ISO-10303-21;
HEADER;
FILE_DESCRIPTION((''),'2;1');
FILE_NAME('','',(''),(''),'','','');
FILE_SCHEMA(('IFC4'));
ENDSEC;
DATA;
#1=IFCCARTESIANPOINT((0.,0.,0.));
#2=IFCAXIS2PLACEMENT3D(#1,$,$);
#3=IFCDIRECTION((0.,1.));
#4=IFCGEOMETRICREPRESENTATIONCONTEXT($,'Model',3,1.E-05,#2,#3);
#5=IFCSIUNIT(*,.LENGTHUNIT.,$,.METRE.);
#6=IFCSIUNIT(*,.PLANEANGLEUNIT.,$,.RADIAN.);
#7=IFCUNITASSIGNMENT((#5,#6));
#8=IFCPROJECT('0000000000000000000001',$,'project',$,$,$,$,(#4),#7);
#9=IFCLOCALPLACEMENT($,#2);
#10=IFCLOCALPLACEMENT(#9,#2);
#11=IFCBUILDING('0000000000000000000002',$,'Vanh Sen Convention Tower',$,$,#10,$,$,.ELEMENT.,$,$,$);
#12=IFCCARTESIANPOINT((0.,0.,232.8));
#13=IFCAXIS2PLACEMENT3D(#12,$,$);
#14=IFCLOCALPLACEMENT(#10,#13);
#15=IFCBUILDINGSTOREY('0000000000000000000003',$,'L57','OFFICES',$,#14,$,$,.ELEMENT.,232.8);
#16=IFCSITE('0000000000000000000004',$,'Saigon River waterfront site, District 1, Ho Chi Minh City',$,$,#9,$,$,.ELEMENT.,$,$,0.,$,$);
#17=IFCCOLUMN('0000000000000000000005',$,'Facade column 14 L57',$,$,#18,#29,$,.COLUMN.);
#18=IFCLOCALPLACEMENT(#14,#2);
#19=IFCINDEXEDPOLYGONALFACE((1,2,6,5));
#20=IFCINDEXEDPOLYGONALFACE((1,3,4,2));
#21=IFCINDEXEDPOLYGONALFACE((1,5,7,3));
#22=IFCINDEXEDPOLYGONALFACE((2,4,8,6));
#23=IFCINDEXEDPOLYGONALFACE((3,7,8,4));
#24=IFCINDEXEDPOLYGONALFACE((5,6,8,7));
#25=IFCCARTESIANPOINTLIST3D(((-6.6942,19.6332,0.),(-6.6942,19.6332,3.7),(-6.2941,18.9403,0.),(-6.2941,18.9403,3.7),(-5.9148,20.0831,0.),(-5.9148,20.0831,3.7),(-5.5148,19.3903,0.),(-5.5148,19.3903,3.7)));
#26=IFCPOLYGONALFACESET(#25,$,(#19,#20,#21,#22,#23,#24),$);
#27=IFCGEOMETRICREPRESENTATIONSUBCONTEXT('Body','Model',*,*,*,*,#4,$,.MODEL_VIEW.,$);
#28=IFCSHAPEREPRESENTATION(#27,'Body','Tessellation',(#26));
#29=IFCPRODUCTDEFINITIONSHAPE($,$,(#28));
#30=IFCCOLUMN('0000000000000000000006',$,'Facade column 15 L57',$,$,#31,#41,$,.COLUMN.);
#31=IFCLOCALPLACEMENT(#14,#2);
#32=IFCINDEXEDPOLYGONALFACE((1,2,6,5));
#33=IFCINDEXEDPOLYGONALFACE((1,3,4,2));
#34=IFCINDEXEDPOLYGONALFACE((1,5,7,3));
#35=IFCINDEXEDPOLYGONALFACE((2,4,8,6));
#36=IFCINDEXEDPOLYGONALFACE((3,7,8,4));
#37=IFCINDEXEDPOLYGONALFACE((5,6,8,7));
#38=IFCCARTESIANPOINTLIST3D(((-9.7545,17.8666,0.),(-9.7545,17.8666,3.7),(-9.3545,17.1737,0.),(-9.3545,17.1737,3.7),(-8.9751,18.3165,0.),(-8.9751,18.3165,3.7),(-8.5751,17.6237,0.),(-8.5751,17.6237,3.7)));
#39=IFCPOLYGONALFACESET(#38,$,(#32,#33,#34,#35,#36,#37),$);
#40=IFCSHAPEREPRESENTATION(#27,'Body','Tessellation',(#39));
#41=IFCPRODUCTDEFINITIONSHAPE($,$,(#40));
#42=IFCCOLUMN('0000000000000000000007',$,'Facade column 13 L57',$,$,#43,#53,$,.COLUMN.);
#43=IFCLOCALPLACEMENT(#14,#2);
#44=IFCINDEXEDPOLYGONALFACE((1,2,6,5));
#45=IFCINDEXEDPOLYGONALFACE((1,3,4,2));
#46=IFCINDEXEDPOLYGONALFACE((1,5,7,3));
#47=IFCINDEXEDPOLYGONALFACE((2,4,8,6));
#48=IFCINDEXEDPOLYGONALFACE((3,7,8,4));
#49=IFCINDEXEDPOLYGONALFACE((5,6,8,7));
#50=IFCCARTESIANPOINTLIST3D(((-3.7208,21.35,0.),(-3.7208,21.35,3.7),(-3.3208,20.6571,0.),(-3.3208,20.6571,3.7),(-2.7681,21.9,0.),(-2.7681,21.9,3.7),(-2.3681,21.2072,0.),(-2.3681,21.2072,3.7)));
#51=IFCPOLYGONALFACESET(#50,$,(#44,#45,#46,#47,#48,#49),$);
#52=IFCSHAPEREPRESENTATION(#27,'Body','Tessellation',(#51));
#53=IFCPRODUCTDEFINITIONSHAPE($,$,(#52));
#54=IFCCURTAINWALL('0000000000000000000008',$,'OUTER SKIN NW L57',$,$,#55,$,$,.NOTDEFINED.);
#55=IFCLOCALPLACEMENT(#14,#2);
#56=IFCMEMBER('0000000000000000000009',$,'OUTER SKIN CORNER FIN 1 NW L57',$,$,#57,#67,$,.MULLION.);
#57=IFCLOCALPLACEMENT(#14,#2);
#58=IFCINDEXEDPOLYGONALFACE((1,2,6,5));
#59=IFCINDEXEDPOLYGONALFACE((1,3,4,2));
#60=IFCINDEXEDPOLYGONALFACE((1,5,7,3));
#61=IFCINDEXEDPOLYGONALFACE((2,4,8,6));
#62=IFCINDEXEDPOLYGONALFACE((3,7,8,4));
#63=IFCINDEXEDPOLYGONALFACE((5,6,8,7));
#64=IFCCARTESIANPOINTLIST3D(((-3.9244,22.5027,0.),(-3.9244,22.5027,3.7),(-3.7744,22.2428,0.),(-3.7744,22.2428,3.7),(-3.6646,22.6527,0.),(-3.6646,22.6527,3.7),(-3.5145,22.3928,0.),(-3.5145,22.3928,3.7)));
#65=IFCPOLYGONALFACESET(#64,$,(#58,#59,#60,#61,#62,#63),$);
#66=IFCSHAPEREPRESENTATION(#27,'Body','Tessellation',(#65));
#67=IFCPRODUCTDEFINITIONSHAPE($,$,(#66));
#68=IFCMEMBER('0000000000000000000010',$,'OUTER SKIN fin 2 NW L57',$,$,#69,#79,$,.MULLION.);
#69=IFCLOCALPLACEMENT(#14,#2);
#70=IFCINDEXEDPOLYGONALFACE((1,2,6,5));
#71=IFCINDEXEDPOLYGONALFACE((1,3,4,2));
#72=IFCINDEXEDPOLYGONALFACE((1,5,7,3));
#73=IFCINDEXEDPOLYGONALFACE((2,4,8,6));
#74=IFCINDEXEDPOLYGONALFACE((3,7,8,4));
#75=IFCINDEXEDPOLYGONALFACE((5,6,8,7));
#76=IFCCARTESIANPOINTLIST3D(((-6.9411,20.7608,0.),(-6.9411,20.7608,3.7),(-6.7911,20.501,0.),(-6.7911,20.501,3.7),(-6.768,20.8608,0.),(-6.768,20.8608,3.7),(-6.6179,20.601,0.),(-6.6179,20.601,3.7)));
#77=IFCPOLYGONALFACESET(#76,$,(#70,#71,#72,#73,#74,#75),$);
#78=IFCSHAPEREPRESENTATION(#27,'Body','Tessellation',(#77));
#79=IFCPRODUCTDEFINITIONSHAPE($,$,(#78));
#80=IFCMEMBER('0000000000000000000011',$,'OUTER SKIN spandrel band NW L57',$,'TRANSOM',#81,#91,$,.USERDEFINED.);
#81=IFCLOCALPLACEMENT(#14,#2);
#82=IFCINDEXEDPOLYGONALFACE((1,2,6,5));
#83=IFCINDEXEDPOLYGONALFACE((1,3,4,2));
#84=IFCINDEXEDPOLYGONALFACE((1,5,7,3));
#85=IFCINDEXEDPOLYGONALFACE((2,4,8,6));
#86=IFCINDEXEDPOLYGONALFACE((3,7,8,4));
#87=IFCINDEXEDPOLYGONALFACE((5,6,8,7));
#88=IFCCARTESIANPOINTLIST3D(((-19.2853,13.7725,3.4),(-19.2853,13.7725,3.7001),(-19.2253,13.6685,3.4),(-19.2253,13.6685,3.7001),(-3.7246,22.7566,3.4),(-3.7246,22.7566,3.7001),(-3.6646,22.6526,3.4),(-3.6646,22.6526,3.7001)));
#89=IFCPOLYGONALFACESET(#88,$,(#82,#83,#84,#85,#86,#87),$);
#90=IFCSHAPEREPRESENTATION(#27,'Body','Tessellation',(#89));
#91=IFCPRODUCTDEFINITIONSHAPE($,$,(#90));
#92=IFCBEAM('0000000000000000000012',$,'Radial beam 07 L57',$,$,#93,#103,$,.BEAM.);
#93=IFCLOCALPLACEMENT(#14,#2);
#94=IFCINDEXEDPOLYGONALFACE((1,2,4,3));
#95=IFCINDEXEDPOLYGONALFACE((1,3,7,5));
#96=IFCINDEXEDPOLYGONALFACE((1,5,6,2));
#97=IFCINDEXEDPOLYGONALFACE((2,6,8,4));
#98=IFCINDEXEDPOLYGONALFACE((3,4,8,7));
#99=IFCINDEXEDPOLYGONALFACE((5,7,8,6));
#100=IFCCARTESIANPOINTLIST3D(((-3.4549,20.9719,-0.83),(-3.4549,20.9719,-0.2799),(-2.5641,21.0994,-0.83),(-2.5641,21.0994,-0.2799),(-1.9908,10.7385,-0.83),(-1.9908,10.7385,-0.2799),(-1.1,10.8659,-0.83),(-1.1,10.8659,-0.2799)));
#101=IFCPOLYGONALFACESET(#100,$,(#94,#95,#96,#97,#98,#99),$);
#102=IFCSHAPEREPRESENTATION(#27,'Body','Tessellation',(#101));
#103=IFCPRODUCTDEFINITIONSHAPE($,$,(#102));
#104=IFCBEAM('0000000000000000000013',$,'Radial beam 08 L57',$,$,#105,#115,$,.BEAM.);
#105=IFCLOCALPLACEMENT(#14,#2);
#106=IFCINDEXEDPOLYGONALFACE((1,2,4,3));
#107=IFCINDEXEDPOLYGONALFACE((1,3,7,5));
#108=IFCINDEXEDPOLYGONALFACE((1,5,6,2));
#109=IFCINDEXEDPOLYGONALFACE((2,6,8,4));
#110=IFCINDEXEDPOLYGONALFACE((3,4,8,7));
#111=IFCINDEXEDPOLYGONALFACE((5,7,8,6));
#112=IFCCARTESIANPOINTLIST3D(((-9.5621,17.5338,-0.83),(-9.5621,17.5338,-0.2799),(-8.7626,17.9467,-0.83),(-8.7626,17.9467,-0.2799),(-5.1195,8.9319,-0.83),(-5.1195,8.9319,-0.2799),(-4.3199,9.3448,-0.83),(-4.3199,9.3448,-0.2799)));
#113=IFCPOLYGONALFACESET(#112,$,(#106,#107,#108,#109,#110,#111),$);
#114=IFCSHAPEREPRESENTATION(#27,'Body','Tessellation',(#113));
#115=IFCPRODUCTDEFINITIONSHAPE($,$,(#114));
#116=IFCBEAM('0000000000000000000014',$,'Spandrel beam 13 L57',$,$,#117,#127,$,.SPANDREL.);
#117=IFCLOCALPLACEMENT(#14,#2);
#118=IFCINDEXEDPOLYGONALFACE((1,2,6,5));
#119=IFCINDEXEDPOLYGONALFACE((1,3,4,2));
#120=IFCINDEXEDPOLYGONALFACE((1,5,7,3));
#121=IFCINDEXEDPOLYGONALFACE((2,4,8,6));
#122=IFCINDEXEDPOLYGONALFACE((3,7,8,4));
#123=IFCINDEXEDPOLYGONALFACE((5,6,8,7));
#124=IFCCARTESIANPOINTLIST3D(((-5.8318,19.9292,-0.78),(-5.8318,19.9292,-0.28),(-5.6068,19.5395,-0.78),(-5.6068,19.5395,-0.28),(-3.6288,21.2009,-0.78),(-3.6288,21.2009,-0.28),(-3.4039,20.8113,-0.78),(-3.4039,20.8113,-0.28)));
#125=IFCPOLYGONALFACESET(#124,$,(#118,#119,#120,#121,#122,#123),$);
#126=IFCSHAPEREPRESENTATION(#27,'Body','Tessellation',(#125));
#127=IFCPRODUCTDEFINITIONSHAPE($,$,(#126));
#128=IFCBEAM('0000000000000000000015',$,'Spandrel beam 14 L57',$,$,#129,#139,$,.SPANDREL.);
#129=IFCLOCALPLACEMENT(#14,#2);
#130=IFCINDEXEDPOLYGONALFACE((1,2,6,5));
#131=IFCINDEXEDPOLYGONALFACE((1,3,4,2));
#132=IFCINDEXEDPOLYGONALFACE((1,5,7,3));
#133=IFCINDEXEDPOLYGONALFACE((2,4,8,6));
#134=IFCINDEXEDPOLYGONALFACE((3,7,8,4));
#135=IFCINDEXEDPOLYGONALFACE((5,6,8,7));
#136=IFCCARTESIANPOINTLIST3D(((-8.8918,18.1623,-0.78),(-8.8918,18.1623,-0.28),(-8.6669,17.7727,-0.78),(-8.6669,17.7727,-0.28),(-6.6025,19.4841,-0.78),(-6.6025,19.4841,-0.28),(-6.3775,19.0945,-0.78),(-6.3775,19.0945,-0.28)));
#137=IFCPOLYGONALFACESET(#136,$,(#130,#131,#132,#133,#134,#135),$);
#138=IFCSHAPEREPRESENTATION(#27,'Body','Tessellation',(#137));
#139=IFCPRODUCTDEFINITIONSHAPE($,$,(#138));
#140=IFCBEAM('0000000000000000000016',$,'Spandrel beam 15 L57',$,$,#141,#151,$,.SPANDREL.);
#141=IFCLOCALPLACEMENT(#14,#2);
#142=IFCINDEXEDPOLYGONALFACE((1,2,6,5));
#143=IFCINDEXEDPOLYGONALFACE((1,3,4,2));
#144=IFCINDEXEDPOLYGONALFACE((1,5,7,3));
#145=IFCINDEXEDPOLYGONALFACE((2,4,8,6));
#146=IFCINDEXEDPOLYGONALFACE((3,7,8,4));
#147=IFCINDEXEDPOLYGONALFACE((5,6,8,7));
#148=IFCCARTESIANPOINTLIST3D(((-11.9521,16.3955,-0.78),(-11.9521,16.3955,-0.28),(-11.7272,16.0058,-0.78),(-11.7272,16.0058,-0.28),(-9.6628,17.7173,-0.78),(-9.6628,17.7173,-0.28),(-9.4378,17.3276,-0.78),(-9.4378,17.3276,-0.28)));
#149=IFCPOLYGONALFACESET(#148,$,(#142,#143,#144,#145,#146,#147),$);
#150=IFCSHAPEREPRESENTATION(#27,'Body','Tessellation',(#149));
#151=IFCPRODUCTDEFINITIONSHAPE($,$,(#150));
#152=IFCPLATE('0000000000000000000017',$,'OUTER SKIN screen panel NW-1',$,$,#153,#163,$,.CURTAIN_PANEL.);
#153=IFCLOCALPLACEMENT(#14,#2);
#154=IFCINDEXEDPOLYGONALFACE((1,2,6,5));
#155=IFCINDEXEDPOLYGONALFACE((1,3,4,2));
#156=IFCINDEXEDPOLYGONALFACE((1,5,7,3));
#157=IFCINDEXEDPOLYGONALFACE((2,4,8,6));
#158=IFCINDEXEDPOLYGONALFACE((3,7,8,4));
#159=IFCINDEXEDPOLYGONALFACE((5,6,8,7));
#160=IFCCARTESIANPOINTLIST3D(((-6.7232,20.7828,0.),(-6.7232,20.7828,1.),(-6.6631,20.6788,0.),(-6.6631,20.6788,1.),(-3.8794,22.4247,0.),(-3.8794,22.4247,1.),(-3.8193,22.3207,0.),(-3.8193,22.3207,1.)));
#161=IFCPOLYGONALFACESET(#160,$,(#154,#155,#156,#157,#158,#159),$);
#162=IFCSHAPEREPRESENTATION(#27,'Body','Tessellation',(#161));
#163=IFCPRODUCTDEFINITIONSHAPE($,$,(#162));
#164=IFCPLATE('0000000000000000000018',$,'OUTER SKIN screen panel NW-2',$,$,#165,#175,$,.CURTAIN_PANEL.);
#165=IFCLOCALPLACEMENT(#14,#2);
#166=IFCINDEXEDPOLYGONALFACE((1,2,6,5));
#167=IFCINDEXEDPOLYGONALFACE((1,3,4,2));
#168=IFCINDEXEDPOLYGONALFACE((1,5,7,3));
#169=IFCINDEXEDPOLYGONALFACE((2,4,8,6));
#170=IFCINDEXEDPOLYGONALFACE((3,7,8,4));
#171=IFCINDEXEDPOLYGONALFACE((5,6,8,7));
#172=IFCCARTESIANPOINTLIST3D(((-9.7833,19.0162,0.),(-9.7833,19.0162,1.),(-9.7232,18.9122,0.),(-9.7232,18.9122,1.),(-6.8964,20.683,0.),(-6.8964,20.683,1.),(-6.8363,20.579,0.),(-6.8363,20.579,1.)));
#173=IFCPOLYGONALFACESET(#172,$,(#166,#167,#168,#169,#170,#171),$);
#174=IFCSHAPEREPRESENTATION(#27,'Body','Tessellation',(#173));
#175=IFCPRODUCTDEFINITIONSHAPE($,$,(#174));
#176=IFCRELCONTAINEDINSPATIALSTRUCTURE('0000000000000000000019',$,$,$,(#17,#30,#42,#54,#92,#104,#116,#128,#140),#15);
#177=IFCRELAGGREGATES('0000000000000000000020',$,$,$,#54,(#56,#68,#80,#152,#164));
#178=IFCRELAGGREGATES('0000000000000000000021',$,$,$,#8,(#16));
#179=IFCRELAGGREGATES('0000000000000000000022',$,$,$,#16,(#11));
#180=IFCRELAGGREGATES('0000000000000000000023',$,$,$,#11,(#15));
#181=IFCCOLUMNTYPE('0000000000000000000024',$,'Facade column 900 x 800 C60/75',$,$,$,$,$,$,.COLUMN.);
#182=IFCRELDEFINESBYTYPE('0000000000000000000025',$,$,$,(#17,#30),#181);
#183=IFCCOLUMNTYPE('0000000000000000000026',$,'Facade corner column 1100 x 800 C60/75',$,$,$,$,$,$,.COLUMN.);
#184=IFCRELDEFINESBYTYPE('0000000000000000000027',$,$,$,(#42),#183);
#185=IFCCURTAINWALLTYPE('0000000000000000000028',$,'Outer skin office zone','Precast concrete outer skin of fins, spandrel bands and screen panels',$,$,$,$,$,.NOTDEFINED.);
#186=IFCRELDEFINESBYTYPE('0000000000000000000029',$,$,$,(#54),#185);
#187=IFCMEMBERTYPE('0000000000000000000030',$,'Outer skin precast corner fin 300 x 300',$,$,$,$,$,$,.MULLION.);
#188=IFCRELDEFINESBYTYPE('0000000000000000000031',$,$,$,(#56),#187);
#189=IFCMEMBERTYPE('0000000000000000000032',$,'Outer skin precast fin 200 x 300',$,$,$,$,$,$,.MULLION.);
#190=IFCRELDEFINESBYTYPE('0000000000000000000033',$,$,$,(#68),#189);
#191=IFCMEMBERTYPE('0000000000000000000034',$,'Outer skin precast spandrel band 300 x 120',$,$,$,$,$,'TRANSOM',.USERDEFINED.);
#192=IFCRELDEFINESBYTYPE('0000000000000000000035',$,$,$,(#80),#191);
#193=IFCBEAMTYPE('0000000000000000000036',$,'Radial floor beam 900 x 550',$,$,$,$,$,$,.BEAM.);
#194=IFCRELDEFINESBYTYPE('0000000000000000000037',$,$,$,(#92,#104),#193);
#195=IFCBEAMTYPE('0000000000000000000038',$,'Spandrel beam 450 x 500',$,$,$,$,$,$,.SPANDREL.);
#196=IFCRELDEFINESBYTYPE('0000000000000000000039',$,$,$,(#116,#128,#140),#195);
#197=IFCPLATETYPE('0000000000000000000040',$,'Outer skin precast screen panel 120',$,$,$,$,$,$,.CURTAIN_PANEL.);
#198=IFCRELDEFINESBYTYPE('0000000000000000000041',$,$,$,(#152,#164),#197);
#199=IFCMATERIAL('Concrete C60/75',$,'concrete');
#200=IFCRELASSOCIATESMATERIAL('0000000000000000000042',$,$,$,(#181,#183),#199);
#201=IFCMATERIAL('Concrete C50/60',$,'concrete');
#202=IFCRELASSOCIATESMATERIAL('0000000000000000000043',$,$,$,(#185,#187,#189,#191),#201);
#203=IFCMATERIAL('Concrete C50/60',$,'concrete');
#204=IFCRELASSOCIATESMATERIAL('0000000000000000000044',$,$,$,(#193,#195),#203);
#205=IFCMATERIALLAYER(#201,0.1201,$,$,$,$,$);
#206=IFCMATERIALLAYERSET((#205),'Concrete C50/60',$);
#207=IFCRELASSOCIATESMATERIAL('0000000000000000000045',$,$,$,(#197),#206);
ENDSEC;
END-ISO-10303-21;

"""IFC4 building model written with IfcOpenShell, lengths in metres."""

from ifc_helpers import new_model, si_unit, direction, frame, origin, origin_2d, place, context, subcontext, project, spatial, rectangle, extrude, material, layer, layer_set, material_profile, profile_set, type_object, element, aggregate, save


model = new_model("IFC4")

# Units and contexts
model_context = context("Model", 3, precision=1e-05, world=origin(), true_north=direction((0.0, 1.0)))
body_context = subcontext(model_context, "Body", "Model", "MODEL_VIEW")
ifc_project = project(units=[si_unit("LENGTHUNIT", "METRE"), si_unit("PLANEANGLEUNIT", "RADIAN")], contexts=[model_context])

# Site, building, storey
site_placement = place(None, origin())
site = spatial("IfcSite", under=ifc_project, at=site_placement, Name="Saigon River waterfront site, District 1, Ho Chi Minh City", CompositionType="ELEMENT", RefElevation=0.0)
building_placement = place(site_placement, origin())
building = spatial("IfcBuilding", under=site, at=building_placement, Name="Vanh Sen Convention Tower", CompositionType="ELEMENT")
storey_placement = place(building_placement, frame((0.0, 0.0, 232.8)))
storey = spatial("IfcBuildingStorey", under=building, at=storey_placement, Name="L57", Description="OFFICES", CompositionType="ELEMENT", Elevation=232.8)

# Columns
ifc_material_1 = material(Name="Concrete C60/75", Category="concrete")
ifc_material_profile_1 = material_profile(ifc_material_1, rectangle(XDim=0.8999, YDim=0.8, at=origin_2d()), Name="RC 900X800")
ifc_profile_set_1 = profile_set([ifc_material_profile_1], Name="Concrete C60/75")
column_type_1 = type_object("IfcColumnType", Name="Facade column 900 x 800 C60/75", PredefinedType="COLUMN", material=ifc_profile_set_1)
for number, where, z_axis, x_axis, name in (
    (1, (-6.1045, 19.5117, 0.0), (0.0, 0.0, 1.0), (-0.866025, -0.5, 0.0), "Facade column 14 L57"),
    (2, (-9.1648, 17.7451, 0.0), (0.0, 0.0, 1.0), (-0.866025, -0.5, 0.0), "Facade column 15 L57"),
):
    element("IfcColumn", number, at=place(storey_placement, frame(where, z_axis=z_axis, x_axis=x_axis)), inside=storey, type_object=column_type_1, Name=name, PredefinedType="COLUMN", context=body_context, shape_type="SweptSolid", body=[
        extrude(rectangle(XDim=0.8999, YDim=0.8, at=origin_2d()), origin(), (0.0, 0.0, 1.0), 3.7),
    ])
ifc_material_profile_2 = material_profile(ifc_material_1, rectangle(XDim=1.1001, YDim=0.8, at=origin_2d()), Name="RC 1100X800")
ifc_profile_set_2 = profile_set([ifc_material_profile_2], Name="Concrete C60/75")
column_type_2 = type_object("IfcColumnType", Name="Facade corner column 1100 x 800 C60/75", PredefinedType="COLUMN", material=ifc_profile_set_2)
column_placement = place(storey_placement, frame((-3.0444, 21.2786, 0.0), z_axis=(0.0, 0.0, 1.0), x_axis=(-0.866025, -0.5, 0.0)))
element("IfcColumn", 3, at=column_placement, inside=storey, type_object=column_type_2, Name="Facade column 13 L57", PredefinedType="COLUMN", context=body_context, shape_type="SweptSolid", body=[
    extrude(rectangle(XDim=1.1001, YDim=0.8, at=origin_2d()), origin(), (0.0, 0.0, 1.0), 3.7),
])

# Curtain wall, members
ifc_material_2 = material(Name="Concrete C50/60", Category="concrete")
curtain_wall_type = type_object("IfcCurtainWallType", Name="Outer skin office zone", Description="Precast concrete outer skin of fins, spandrel bands and screen panels", PredefinedType="NOTDEFINED", material=ifc_material_2)
curtain_wall_placement = place(storey_placement, origin())
curtain_wall = element("IfcCurtainWall", 4, at=curtain_wall_placement, inside=storey, type_object=curtain_wall_type, Name="OUTER SKIN NW L57", PredefinedType="NOTDEFINED")
ifc_material_profile_3 = material_profile(ifc_material_2, rectangle(XDim=0.3, YDim=0.3, at=origin_2d()), Name="Outer skin precast corner fin 300 x 300")
ifc_profile_set_3 = profile_set([ifc_material_profile_3], Name="Concrete C50/60")
member_type_1 = type_object("IfcMemberType", Name="Outer skin precast corner fin 300 x 300", PredefinedType="MULLION", material=ifc_profile_set_3)
member_1_placement = place(storey_placement, frame((-3.7195, 22.4478, 0.0), z_axis=(0.0, 0.0, 1.0), x_axis=(-0.866025, -0.5, 0.0)))
member_1 = element("IfcMember", 5, at=member_1_placement, type_object=member_type_1, Name="OUTER SKIN CORNER FIN 1 NW L57", PredefinedType="MULLION", context=body_context, shape_type="SweptSolid", body=[
    extrude(rectangle(XDim=0.3, YDim=0.3, at=origin_2d()), origin(), (0.0, 0.0, 1.0), 3.7),
])
ifc_material_profile_4 = material_profile(ifc_material_2, rectangle(XDim=0.2, YDim=0.3, at=origin_2d()), Name="Outer skin precast fin 200 x 300")
ifc_profile_set_4 = profile_set([ifc_material_profile_4], Name="Concrete C50/60")
member_type_2 = type_object("IfcMemberType", Name="Outer skin precast fin 200 x 300", PredefinedType="MULLION", material=ifc_profile_set_4)
member_2_placement = place(storey_placement, frame((-6.7795, 20.6809, 0.0), z_axis=(0.0, 0.0, 1.0), x_axis=(-0.866025, -0.5, 0.0)))
member_2 = element("IfcMember", 6, at=member_2_placement, type_object=member_type_2, Name="OUTER SKIN fin 2 NW L57", PredefinedType="MULLION", context=body_context, shape_type="SweptSolid", body=[
    extrude(rectangle(XDim=0.2, YDim=0.3, at=origin_2d()), origin(), (0.0, 0.0, 1.0), 3.7),
])
ifc_material_profile_5 = material_profile(ifc_material_2, rectangle(XDim=0.1201, YDim=0.3, at=origin_2d()), Name="Outer skin precast spandrel band 300 x 120")
ifc_profile_set_5 = profile_set([ifc_material_profile_5], Name="Concrete C50/60")
member_type_3 = type_object("IfcMemberType", Name="Outer skin precast spandrel band 300 x 120", ElementType="TRANSOM", PredefinedType="USERDEFINED", material=ifc_profile_set_5)
member_3_placement = place(storey_placement, frame((-3.6946, 22.7046, 3.55), z_axis=(-0.866023, -0.500004, 0.0), x_axis=(0.500004, -0.866023, 0.0)))
member_3 = element("IfcMember", 7, at=member_3_placement, type_object=member_type_3, Name="OUTER SKIN spandrel band NW L57", ObjectType="TRANSOM", PredefinedType="USERDEFINED", context=body_context, shape_type="SweptSolid", body=[
    extrude(rectangle(XDim=0.1201, YDim=0.3, at=origin_2d()), origin(), (0.0, 0.0, 1.0), 17.968),
])

# Beams
ifc_material_3 = material(Name="Concrete C50/60", Category="concrete")
ifc_material_profile_6 = material_profile(ifc_material_3, rectangle(XDim=0.8999, YDim=0.55, at=origin_2d()), Name="RC 900X550")
ifc_profile_set_6 = profile_set([ifc_material_profile_6], Name="Concrete C50/60")
beam_type_1 = type_object("IfcBeamType", Name="Radial floor beam 900 x 550", PredefinedType="BEAM", material=ifc_profile_set_6)
beam_1_placement = place(storey_placement, frame((-3.0095, 21.0356, -0.5549), z_axis=(0.14163, -0.98992, 0.0), x_axis=(0.98992, 0.14163, 0.0)))
element("IfcBeam", 8, at=beam_1_placement, inside=storey, type_object=beam_type_1, Name="Radial beam 07 L57", PredefinedType="BEAM", context=body_context, shape_type="SweptSolid", body=[
    extrude(rectangle(XDim=0.8999, YDim=0.55, at=origin_2d()), origin(), (0.0, 0.0, 1.0), 10.3376),
])
beam_2_placement = place(storey_placement, frame((-9.1624, 17.7402, -0.5549), z_axis=(0.458886, -0.888495, 0.0), x_axis=(0.888495, 0.458886, 0.0)))
element("IfcBeam", 9, at=beam_2_placement, inside=storey, type_object=beam_type_1, Name="Radial beam 08 L57", PredefinedType="BEAM", context=body_context, shape_type="SweptSolid", body=[
    extrude(rectangle(XDim=0.8999, YDim=0.55, at=origin_2d()), origin(), (0.0, 0.0, 1.0), 9.6814),
])
ifc_material_profile_7 = material_profile(ifc_material_3, rectangle(XDim=0.45, YDim=0.5, at=origin_2d()), Name="RC 450X500")
ifc_profile_set_7 = profile_set([ifc_material_profile_7], Name="Concrete C50/60")
beam_type_2 = type_object("IfcBeamType", Name="Spandrel beam 450 x 500", PredefinedType="SPANDREL", material=ifc_profile_set_7)
beam_3_placement = place(storey_placement, frame((-3.5164, 21.0061, -0.53), z_axis=(-0.866043, -0.499969, 0.0), x_axis=(0.499969, -0.866043, 0.0)))
element("IfcBeam", 10, at=beam_3_placement, inside=storey, type_object=beam_type_2, Name="Spandrel beam 13 L57", PredefinedType="SPANDREL", context=body_context, shape_type="SweptSolid", body=[
    extrude(rectangle(XDim=0.45, YDim=0.5, at=origin_2d()), origin(), (0.0, 0.0, 1.0), 2.5437),
])
for number, where, z_axis, x_axis, name in (
    (11, (-6.49, 19.2893, -0.53), (-0.866018, -0.500013, 0.0), (0.500013, -0.866018, 0.0), "Spandrel beam 14 L57"),
    (12, (-9.5503, 17.5225, -0.53), (-0.866018, -0.500013, 0.0), (0.500013, -0.866018, 0.0), "Spandrel beam 15 L57"),
):
    element("IfcBeam", number, at=place(storey_placement, frame(where, z_axis=z_axis, x_axis=x_axis)), inside=storey, type_object=beam_type_2, Name=name, PredefinedType="SPANDREL", context=body_context, shape_type="SweptSolid", body=[
        extrude(rectangle(XDim=0.45, YDim=0.5, at=origin_2d()), origin(), (0.0, 0.0, 1.0), 2.6436),
    ])

# Plates
ifc_layer_1 = layer(ifc_material_2, 0.1201)
ifc_layer_set_1 = layer_set([ifc_layer_1], Name="Concrete C50/60")
plate_type = type_object("IfcPlateType", Name="Outer skin precast screen panel 120", PredefinedType="CURTAIN_PANEL", material=ifc_layer_set_1)
plate_1_placement = place(storey_placement, frame((-5.2712, 21.5518, 0.0), z_axis=(0.0, 0.0, 1.0), x_axis=(-0.866026, -0.499998, 0.0)))
plate_1 = element("IfcPlate", 13, at=plate_1_placement, type_object=plate_type, Name="OUTER SKIN screen panel NW-1", PredefinedType="CURTAIN_PANEL", context=body_context, shape_type="SweptSolid", body=[
    extrude(rectangle(XDim=3.2837, YDim=0.1201, at=origin_2d()), origin(), (0.0, 0.0, 1.0), 1.0),
])
plate_2_placement = place(storey_placement, frame((-8.3098, 19.7976, 0.0), z_axis=(0.0, 0.0, 1.0), x_axis=(-0.866026, -0.499998, 0.0)))
plate_2 = element("IfcPlate", 14, at=plate_2_placement, type_object=plate_type, Name="OUTER SKIN screen panel NW-2", PredefinedType="CURTAIN_PANEL", context=body_context, shape_type="SweptSolid", body=[
    extrude(rectangle(XDim=3.3335, YDim=0.1201, at=origin_2d()), origin(), (0.0, 0.0, 1.0), 1.0),
])
aggregate(curtain_wall, [member_1, member_2, member_3, plate_1, plate_2])

save(model, "model.ifc")
